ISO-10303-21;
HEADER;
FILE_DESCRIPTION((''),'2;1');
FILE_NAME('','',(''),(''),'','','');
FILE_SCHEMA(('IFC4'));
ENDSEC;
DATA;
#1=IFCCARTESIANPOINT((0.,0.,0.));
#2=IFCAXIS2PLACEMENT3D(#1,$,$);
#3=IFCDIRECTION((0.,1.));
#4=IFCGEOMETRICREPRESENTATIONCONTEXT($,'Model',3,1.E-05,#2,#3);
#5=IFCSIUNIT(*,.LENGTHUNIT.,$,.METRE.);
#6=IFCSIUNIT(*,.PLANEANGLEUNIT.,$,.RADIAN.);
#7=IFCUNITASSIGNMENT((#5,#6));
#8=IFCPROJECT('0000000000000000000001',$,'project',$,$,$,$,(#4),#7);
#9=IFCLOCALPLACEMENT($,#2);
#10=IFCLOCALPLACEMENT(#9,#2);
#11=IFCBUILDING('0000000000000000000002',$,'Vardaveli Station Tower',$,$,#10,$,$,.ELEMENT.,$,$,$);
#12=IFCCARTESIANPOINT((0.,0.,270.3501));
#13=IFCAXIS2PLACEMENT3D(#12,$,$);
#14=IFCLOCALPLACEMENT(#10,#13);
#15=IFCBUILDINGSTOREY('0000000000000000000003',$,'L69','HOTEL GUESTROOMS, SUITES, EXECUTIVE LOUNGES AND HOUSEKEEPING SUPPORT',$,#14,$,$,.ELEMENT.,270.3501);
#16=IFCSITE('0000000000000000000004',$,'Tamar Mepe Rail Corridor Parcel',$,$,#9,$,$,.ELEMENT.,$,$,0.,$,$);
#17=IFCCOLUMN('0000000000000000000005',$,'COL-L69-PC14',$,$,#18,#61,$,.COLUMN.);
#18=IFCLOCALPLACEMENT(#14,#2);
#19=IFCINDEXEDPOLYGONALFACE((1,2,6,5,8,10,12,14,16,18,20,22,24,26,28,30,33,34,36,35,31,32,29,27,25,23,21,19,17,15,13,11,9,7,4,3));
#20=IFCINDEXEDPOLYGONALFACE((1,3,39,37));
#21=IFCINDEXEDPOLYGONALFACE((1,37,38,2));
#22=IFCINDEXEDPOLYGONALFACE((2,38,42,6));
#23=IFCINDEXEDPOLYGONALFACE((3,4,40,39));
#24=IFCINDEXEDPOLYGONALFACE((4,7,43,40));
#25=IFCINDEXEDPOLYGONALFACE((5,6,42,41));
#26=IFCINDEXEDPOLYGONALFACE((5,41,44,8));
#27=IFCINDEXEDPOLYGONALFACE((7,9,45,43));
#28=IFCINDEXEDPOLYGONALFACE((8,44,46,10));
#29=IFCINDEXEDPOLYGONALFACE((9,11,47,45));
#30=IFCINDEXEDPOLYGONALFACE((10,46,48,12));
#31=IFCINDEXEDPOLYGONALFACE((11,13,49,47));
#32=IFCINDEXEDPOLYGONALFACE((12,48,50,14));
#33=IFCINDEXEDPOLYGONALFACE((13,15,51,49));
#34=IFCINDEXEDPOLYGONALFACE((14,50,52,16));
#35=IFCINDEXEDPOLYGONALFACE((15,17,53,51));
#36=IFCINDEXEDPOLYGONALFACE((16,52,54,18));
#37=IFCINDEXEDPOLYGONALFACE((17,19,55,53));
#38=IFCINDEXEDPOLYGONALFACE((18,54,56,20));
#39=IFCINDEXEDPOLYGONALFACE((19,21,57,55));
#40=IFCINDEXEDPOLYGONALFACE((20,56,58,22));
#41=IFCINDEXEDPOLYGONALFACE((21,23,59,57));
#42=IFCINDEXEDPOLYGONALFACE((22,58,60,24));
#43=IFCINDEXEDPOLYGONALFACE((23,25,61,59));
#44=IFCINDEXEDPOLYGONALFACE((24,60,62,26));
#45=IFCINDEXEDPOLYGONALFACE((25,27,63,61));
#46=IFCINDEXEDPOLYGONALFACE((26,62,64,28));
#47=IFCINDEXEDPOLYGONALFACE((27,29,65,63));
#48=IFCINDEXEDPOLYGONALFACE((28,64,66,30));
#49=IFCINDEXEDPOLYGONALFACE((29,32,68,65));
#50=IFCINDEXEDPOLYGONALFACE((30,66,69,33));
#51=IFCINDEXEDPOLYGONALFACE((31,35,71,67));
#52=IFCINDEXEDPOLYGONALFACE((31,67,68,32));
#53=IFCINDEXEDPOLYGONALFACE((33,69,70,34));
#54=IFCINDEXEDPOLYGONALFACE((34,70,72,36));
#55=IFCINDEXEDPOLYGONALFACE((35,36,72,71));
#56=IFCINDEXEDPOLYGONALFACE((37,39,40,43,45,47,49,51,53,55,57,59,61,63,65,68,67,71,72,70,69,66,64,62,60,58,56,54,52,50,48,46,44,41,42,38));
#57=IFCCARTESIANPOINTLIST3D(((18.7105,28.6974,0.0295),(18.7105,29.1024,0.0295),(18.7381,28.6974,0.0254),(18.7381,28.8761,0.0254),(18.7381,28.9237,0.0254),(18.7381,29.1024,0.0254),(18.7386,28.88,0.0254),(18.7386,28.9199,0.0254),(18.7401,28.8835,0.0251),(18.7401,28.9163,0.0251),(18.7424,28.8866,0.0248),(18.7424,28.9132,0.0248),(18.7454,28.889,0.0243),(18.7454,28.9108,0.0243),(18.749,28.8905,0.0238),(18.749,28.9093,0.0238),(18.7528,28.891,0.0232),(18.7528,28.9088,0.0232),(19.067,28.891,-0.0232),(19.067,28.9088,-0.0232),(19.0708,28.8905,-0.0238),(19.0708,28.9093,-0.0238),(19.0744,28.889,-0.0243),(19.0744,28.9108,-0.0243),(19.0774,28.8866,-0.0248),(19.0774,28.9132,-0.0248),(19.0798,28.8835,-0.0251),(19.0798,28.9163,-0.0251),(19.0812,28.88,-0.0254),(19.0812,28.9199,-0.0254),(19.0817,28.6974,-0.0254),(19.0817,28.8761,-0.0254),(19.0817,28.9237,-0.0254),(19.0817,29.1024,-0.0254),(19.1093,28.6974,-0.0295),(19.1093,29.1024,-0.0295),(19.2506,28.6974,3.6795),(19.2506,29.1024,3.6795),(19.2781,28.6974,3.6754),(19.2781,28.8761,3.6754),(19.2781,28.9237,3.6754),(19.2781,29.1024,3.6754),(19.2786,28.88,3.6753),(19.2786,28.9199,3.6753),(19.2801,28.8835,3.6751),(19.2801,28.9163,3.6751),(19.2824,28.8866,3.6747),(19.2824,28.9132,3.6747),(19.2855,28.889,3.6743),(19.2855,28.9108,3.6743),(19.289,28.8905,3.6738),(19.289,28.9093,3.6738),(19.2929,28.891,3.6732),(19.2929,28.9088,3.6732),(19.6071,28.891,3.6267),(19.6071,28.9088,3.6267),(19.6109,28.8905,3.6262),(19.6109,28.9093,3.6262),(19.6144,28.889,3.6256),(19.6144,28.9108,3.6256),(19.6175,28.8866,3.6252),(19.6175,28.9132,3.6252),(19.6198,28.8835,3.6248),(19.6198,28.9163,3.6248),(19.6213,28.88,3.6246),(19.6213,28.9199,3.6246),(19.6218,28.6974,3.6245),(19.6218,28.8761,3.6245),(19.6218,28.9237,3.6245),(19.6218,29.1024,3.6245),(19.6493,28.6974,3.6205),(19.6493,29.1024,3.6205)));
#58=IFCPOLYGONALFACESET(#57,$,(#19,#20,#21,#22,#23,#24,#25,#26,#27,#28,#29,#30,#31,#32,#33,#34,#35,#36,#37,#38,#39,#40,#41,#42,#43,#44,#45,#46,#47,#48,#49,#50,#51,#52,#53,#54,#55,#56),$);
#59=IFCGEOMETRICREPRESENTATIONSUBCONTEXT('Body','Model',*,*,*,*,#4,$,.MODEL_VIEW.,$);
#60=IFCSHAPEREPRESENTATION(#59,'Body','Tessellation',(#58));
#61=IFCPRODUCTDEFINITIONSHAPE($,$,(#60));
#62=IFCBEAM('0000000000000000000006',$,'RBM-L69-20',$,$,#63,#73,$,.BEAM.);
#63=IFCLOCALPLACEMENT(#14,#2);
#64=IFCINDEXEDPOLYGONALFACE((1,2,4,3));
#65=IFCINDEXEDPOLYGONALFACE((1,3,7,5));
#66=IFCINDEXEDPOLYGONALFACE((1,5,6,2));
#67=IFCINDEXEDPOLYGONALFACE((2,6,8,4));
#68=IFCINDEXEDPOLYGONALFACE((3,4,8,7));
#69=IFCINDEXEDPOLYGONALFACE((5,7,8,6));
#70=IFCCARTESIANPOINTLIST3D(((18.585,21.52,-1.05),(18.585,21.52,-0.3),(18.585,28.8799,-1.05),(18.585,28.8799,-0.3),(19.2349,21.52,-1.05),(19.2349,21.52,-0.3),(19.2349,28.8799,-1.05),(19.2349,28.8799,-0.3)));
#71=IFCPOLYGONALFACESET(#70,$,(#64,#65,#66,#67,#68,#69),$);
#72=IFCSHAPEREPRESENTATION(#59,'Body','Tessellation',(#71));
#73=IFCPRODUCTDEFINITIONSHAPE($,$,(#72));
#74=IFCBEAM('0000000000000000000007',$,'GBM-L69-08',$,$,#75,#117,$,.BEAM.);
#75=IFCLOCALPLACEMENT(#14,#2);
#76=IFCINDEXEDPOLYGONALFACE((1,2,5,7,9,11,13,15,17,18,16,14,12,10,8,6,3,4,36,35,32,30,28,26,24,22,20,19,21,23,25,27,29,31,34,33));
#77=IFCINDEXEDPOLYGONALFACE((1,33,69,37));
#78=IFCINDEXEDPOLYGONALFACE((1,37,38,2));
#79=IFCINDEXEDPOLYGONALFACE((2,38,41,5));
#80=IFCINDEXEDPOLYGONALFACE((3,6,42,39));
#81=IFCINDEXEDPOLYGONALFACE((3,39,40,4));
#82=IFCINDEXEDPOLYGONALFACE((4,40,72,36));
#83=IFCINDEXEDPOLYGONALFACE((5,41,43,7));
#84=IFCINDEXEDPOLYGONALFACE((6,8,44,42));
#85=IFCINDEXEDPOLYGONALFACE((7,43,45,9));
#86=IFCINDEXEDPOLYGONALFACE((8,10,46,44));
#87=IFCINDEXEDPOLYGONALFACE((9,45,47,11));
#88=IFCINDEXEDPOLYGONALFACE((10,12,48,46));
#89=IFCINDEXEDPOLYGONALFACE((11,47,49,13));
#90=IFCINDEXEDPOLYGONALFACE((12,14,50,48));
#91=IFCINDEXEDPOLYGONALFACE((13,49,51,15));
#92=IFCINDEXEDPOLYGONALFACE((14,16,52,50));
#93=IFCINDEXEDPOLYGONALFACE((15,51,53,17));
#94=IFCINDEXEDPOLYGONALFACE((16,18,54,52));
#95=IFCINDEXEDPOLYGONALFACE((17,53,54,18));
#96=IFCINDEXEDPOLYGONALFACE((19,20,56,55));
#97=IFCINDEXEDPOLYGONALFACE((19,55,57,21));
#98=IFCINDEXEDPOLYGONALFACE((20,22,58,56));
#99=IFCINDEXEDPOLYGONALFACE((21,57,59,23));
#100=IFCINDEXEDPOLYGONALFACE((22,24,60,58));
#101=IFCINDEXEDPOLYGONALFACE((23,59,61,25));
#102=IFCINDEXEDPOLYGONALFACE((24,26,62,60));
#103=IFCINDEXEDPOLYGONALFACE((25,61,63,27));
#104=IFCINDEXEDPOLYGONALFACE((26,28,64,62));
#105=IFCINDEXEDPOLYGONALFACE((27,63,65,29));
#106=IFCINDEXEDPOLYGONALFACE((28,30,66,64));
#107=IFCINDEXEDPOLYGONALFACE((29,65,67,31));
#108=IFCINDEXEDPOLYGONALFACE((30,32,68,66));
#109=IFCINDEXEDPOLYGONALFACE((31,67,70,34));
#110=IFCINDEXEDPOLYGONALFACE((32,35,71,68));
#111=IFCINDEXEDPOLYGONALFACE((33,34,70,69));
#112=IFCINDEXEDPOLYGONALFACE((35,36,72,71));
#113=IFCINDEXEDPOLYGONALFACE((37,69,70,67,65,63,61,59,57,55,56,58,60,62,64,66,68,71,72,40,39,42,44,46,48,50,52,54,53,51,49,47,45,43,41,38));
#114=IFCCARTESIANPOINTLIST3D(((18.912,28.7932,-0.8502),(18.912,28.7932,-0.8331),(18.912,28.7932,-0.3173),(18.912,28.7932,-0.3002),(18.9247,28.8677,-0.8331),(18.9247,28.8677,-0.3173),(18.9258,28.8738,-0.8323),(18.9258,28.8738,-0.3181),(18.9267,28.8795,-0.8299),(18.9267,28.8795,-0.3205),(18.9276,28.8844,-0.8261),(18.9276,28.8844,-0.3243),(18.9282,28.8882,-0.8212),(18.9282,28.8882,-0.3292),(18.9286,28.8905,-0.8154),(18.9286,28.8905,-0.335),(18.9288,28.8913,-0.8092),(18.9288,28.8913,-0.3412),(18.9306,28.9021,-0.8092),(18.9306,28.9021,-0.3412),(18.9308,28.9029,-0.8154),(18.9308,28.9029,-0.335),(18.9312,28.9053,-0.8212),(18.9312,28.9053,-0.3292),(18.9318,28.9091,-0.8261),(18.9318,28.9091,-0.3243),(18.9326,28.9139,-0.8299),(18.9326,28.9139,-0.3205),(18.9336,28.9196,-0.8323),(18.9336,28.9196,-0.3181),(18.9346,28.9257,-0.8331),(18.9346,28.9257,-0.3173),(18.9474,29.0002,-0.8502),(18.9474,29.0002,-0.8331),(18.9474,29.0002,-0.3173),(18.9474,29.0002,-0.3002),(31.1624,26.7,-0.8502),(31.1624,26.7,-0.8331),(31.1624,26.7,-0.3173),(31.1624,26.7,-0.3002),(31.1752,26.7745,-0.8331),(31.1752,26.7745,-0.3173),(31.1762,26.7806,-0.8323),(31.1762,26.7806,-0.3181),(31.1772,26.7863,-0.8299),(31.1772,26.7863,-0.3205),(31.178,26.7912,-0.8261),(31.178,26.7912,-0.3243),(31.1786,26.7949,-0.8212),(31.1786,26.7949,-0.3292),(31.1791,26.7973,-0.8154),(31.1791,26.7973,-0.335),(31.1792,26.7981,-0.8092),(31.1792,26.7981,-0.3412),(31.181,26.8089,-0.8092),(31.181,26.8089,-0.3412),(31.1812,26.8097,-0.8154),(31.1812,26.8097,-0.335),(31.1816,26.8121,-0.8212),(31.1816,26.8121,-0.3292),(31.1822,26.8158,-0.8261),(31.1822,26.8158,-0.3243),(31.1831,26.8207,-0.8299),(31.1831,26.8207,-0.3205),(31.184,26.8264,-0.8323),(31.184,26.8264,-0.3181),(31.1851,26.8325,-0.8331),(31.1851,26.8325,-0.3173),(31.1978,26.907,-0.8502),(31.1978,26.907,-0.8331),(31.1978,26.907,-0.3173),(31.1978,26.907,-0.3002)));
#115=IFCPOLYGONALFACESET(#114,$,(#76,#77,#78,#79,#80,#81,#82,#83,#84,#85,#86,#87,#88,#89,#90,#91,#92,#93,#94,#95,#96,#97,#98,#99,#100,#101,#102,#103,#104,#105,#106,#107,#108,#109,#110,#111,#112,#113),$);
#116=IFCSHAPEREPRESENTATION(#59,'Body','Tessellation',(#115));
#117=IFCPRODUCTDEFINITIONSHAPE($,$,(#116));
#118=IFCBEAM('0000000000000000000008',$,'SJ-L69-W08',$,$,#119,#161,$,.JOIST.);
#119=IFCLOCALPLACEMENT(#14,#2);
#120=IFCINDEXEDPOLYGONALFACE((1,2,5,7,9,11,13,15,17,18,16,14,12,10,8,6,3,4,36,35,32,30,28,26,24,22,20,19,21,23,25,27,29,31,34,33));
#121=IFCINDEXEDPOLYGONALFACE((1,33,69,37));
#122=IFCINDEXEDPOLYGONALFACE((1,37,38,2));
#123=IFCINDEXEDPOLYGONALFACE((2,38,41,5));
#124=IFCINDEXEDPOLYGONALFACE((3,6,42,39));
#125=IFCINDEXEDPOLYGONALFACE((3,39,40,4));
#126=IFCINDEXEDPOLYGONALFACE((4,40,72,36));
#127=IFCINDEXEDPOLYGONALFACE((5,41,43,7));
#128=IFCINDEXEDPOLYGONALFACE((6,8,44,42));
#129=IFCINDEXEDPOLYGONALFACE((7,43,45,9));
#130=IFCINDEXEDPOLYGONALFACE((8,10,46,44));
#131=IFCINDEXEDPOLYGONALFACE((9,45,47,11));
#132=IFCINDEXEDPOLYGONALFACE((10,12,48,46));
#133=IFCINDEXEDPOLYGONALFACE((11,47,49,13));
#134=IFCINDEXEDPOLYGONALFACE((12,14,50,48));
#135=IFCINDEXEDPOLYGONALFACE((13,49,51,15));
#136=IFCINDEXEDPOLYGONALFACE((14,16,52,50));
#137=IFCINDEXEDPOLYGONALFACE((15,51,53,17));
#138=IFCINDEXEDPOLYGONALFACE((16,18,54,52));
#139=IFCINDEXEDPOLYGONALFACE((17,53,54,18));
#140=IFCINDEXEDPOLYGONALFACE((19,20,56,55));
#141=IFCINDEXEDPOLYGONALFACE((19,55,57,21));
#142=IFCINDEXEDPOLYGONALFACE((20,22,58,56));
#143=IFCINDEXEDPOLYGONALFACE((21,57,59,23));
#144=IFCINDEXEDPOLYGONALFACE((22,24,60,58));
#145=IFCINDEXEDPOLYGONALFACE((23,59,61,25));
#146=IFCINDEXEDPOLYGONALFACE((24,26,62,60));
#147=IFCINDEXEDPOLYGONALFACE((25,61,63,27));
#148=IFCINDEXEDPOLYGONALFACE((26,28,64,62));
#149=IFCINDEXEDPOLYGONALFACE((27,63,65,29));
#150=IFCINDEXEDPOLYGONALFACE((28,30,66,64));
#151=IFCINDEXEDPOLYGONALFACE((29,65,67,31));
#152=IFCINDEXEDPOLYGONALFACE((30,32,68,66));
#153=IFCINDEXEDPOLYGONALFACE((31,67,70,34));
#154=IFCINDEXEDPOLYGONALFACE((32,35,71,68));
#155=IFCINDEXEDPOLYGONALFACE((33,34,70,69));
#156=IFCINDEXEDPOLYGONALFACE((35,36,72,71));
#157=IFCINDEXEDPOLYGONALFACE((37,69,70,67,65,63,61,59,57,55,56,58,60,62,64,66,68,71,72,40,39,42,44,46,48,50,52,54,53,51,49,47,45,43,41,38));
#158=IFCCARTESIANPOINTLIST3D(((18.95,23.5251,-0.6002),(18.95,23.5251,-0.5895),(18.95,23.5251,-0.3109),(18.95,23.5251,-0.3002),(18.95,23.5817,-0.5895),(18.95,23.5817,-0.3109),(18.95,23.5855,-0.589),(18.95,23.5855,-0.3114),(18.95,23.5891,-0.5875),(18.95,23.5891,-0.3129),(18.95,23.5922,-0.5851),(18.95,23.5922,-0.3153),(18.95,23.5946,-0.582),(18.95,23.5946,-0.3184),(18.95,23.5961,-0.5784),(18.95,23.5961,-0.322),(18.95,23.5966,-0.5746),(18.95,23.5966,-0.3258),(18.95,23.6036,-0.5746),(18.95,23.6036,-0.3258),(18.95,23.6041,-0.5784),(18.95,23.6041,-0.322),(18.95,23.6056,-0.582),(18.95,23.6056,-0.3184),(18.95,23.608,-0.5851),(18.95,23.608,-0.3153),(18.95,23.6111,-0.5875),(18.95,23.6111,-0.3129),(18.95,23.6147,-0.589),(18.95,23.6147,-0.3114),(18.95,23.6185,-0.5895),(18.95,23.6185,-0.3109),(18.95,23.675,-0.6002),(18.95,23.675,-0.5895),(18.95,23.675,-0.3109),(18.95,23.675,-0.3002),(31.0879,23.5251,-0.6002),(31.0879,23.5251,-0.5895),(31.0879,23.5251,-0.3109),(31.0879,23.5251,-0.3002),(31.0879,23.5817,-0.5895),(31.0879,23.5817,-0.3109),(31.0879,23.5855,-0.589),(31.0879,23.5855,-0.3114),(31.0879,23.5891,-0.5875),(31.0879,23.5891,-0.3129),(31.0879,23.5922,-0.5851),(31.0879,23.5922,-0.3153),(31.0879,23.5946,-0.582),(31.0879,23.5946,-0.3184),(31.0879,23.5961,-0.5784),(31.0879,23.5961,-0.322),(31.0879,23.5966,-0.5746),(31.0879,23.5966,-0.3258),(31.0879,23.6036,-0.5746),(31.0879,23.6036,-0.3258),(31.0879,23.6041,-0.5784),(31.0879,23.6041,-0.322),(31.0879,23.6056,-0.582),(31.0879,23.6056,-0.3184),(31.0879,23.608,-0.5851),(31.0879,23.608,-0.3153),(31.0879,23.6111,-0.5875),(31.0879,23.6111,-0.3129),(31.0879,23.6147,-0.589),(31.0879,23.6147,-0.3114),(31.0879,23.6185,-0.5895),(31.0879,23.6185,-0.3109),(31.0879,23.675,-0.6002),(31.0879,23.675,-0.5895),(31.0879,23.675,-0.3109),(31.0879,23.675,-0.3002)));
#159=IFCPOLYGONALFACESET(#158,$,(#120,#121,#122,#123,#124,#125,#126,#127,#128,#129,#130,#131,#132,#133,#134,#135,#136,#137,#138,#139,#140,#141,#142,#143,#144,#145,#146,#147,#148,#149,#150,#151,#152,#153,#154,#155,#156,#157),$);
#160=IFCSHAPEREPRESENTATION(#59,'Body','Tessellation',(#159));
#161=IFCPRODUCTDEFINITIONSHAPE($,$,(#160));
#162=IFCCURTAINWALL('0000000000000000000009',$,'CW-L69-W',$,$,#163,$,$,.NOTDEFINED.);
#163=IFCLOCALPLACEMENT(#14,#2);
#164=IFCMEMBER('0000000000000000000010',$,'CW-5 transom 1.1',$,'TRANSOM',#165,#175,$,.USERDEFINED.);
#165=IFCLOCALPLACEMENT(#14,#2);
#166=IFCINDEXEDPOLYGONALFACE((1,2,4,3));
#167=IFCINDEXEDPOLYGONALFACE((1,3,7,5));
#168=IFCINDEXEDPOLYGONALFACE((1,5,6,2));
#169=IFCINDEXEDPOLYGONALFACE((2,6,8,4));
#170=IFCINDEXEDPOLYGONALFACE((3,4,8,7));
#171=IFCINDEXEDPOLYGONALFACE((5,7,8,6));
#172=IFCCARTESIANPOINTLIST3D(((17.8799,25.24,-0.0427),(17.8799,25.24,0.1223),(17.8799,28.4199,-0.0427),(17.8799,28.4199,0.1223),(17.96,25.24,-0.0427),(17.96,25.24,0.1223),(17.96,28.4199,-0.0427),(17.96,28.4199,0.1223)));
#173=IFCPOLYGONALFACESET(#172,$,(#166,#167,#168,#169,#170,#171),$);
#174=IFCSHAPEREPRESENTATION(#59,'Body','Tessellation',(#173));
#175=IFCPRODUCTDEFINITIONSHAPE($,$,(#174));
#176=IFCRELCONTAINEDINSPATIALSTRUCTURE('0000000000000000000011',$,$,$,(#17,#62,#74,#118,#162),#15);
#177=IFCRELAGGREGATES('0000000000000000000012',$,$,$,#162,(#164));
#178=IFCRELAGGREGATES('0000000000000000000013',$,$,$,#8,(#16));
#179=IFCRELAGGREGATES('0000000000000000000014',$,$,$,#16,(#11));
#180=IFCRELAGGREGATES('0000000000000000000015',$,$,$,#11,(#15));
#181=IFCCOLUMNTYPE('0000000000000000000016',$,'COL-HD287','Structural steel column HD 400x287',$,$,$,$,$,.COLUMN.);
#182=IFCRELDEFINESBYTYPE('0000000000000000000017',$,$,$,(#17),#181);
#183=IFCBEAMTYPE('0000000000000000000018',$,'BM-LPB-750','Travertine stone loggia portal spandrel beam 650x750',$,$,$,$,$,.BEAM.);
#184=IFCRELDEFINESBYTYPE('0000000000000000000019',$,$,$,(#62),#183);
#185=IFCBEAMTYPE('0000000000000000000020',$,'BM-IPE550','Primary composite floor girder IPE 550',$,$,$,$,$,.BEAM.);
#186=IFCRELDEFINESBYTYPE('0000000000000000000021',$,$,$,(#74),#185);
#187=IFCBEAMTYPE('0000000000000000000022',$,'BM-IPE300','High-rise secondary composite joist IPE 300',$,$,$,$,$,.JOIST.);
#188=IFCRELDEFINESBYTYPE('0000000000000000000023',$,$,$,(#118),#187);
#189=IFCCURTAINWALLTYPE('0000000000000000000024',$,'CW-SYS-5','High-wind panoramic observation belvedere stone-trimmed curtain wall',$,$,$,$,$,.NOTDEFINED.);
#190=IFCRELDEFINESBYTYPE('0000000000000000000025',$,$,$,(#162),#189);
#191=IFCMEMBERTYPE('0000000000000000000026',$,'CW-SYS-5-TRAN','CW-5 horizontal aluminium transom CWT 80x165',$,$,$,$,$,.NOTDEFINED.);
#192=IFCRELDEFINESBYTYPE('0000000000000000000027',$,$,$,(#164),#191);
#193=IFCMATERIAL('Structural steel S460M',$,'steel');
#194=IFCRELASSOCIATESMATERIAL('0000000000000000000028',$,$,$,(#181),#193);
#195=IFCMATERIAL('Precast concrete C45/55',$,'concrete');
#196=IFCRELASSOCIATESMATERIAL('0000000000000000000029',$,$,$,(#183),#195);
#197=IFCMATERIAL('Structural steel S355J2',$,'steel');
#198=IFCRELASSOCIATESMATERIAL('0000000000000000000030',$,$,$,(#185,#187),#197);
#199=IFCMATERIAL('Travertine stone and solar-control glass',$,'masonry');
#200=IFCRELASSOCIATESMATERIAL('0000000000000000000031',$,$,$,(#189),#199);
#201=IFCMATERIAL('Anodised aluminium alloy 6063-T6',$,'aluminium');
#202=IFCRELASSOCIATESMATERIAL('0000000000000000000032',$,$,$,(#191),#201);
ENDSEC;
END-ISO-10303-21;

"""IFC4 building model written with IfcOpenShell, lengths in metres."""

from ifc_helpers import new_model, si_unit, direction, frame, origin, origin_2d, place, context, subcontext, project, spatial, rectangle, i_section, extrude, source, transform, mapped, material, material_profile, profile_set, type_object, element, aggregate, save


model = new_model("IFC4")

# Units and contexts
model_context = context("Model", 3, precision=1e-05, world=origin(), true_north=direction((0.0, 1.0)))
body_context = subcontext(model_context, "Body", "Model", "MODEL_VIEW")
ifc_project = project(units=[si_unit("LENGTHUNIT", "METRE"), si_unit("PLANEANGLEUNIT", "RADIAN")], contexts=[model_context])

# Site, building, storey
site_placement = place(None, origin())
site = spatial("IfcSite", under=ifc_project, at=site_placement, Name="Tamar Mepe Rail Corridor Parcel", CompositionType="ELEMENT", RefElevation=0.0)
building_placement = place(site_placement, origin())
building = spatial("IfcBuilding", under=site, at=building_placement, Name="Vardaveli Station Tower", CompositionType="ELEMENT")
storey_placement = place(building_placement, frame((0.0, 0.0, 270.3501)))
storey = spatial("IfcBuildingStorey", under=building, at=storey_placement, Name="L69", Description="HOTEL GUESTROOMS, SUITES, EXECUTIVE LOUNGES AND HOUSEKEEPING SUPPORT", CompositionType="ELEMENT", Elevation=270.3501)

# Column
ifc_material_1 = material(Name="Structural steel S460M", Category="steel")
ifc_material_profile_1 = material_profile(ifc_material_1, i_section(OverallWidth=0.405, OverallDepth=0.4031, WebThickness=0.0178, FlangeThickness=0.0278, FilletRadius=0.0149, at=origin_2d()), Name="HD 400x287")
ifc_profile_set_1 = profile_set([ifc_material_profile_1], Name="Structural steel S460M")
column_type = type_object("IfcColumnType", Name="COL-HD287", Description="Structural steel column HD 400x287", PredefinedType="COLUMN", material=ifc_profile_set_1)
shared_shape_1 = source(origin(), body_context, "Body", "SweptSolid", [
    extrude(i_section(OverallWidth=0.405, OverallDepth=0.4031, WebThickness=0.0178, FlangeThickness=0.0278, FilletRadius=0.0149, at=origin_2d()), origin(), (0.0, 0.0, 1.0), 3.6897),
])
column_placement = place(storey_placement, frame((18.9099, 28.8999, 0.0), z_axis=(0.146366, 0.0, 0.98923), x_axis=(0.0, 1.0, 0.0)))
element("IfcColumn", 1, at=column_placement, inside=storey, type_object=column_type, Name="COL-L69-PC14", PredefinedType="COLUMN", context=body_context, shape_type="MappedRepresentation", body=[
    mapped(shared_shape_1, transform((0.0, 0.0, 0.0), scale=1.0)),
])

# Beams
ifc_material_2 = material(Name="Precast concrete C45/55", Category="concrete")
ifc_material_profile_2 = material_profile(ifc_material_2, rectangle(XDim=0.6499, YDim=0.75, at=origin_2d()), Name="LPB 650x750")
ifc_profile_set_2 = profile_set([ifc_material_profile_2], Name="Precast concrete C45/55")
beam_type_1 = type_object("IfcBeamType", Name="BM-LPB-750", Description="Travertine stone loggia portal spandrel beam 650x750", PredefinedType="BEAM", material=ifc_profile_set_2)
shared_shape_2 = source(origin(), body_context, "Body", "SweptSolid", [
    extrude(rectangle(XDim=0.6499, YDim=0.75, at=origin_2d()), origin(), (0.0, 0.0, 1.0), 7.3599),
])
beam_1_placement = place(storey_placement, frame((18.9099, 28.8799, -0.675), z_axis=(0.0, -1.0, 0.0), x_axis=(1.0, 0.0, 0.0)))
element("IfcBeam", 2, at=beam_1_placement, inside=storey, type_object=beam_type_1, Name="RBM-L69-20", PredefinedType="BEAM", context=body_context, shape_type="MappedRepresentation", body=[
    mapped(shared_shape_2, transform((0.0, 0.0, 0.0), scale=1.0)),
])
ifc_material_3 = material(Name="Structural steel S355J2", Category="steel")
ifc_material_profile_3 = material_profile(ifc_material_3, i_section(OverallWidth=0.21, OverallDepth=0.55, WebThickness=0.011, FlangeThickness=0.0171, FilletRadius=0.0239, at=origin_2d()), Name="IPE 550")
ifc_profile_set_3 = profile_set([ifc_material_profile_3], Name="Structural steel S355J2")
beam_type_2 = type_object("IfcBeamType", Name="BM-IPE550", Description="Primary composite floor girder IPE 550", PredefinedType="BEAM", material=ifc_profile_set_3)
shared_shape_3 = source(origin(), body_context, "Body", "SweptSolid", [
    extrude(i_section(OverallWidth=0.21, OverallDepth=0.55, WebThickness=0.011, FlangeThickness=0.0171, FilletRadius=0.0239, at=origin_2d()), origin(), (0.0, 0.0, 1.0), 12.428),
])
beam_2_placement = place(storey_placement, frame((18.9297, 28.8967, -0.5752), z_axis=(0.985714, -0.168431, 0.0), x_axis=(0.168431, 0.985714, 0.0)))
element("IfcBeam", 3, at=beam_2_placement, inside=storey, type_object=beam_type_2, Name="GBM-L69-08", PredefinedType="BEAM", context=body_context, shape_type="MappedRepresentation", body=[
    mapped(shared_shape_3, transform((0.0, 0.0, 0.0), scale=1.0)),
])
ifc_material_profile_4 = material_profile(ifc_material_3, i_section(OverallWidth=0.1499, OverallDepth=0.3, WebThickness=0.0071, FlangeThickness=0.0107, FilletRadius=0.0149, at=origin_2d()), Name="IPE 300")
ifc_profile_set_4 = profile_set([ifc_material_profile_4], Name="Structural steel S355J2")
beam_type_3 = type_object("IfcBeamType", Name="BM-IPE300", Description="High-rise secondary composite joist IPE 300", PredefinedType="JOIST", material=ifc_profile_set_4)
shared_shape_4 = source(origin(), body_context, "Body", "SweptSolid", [
    extrude(i_section(OverallWidth=0.1499, OverallDepth=0.3, WebThickness=0.0071, FlangeThickness=0.0107, FilletRadius=0.0149, at=origin_2d()), origin(), (0.0, 0.0, 1.0), 12.1379),
])
beam_3_placement = place(storey_placement, frame((18.95, 23.6001, -0.4502), z_axis=(1.0, 0.0, 0.0), x_axis=(0.0, 1.0, 0.0)))
element("IfcBeam", 4, at=beam_3_placement, inside=storey, type_object=beam_type_3, Name="SJ-L69-W08", PredefinedType="JOIST", context=body_context, shape_type="MappedRepresentation", body=[
    mapped(shared_shape_4, transform((0.0, 0.0, 0.0), scale=1.0)),
])

# Curtain wall, member
ifc_material_4 = material(Name="Travertine stone and solar-control glass", Category="masonry")
curtain_wall_type = type_object("IfcCurtainWallType", Name="CW-SYS-5", Description="High-wind panoramic observation belvedere stone-trimmed curtain wall", PredefinedType="NOTDEFINED", material=ifc_material_4)
curtain_wall_placement = place(storey_placement, origin())
curtain_wall = element("IfcCurtainWall", 5, at=curtain_wall_placement, inside=storey, type_object=curtain_wall_type, Name="CW-L69-W", PredefinedType="NOTDEFINED")
ifc_material_5 = material(Name="Anodised aluminium alloy 6063-T6", Category="aluminium")
ifc_material_profile_5 = material_profile(ifc_material_5, rectangle(XDim=0.0801, YDim=0.165, at=origin_2d()), Name="CWT 80x165")
ifc_profile_set_5 = profile_set([ifc_material_profile_5], Name="Anodised aluminium alloy 6063-T6")
member_type_1 = type_object("IfcMemberType", Name="CW-SYS-5-TRAN", Description="CW-5 horizontal aluminium transom CWT 80x165", PredefinedType="NOTDEFINED", material=ifc_profile_set_5)
shared_shape_5 = source(origin(), body_context, "Body", "SweptSolid", [
    extrude(rectangle(XDim=0.0801, YDim=0.165, at=origin_2d()), origin(), (0.0, 0.0, 1.0), 3.1799),
])
member_1_placement = place(storey_placement, frame((17.9199, 28.4199, 0.0398), z_axis=(0.0, -1.0, 0.0), x_axis=(1.0, 0.0, 0.0)))
member_1 = element("IfcMember", 6, at=member_1_placement, type_object=member_type_1, Name="CW-5 transom 1.1", ObjectType="TRANSOM", PredefinedType="USERDEFINED", context=body_context, shape_type="MappedRepresentation", body=[
    mapped(shared_shape_5, transform((0.0, 0.0, 0.0), scale=1.0)),
])
aggregate(curtain_wall, [member_1])

save(model, "model.ifc")
